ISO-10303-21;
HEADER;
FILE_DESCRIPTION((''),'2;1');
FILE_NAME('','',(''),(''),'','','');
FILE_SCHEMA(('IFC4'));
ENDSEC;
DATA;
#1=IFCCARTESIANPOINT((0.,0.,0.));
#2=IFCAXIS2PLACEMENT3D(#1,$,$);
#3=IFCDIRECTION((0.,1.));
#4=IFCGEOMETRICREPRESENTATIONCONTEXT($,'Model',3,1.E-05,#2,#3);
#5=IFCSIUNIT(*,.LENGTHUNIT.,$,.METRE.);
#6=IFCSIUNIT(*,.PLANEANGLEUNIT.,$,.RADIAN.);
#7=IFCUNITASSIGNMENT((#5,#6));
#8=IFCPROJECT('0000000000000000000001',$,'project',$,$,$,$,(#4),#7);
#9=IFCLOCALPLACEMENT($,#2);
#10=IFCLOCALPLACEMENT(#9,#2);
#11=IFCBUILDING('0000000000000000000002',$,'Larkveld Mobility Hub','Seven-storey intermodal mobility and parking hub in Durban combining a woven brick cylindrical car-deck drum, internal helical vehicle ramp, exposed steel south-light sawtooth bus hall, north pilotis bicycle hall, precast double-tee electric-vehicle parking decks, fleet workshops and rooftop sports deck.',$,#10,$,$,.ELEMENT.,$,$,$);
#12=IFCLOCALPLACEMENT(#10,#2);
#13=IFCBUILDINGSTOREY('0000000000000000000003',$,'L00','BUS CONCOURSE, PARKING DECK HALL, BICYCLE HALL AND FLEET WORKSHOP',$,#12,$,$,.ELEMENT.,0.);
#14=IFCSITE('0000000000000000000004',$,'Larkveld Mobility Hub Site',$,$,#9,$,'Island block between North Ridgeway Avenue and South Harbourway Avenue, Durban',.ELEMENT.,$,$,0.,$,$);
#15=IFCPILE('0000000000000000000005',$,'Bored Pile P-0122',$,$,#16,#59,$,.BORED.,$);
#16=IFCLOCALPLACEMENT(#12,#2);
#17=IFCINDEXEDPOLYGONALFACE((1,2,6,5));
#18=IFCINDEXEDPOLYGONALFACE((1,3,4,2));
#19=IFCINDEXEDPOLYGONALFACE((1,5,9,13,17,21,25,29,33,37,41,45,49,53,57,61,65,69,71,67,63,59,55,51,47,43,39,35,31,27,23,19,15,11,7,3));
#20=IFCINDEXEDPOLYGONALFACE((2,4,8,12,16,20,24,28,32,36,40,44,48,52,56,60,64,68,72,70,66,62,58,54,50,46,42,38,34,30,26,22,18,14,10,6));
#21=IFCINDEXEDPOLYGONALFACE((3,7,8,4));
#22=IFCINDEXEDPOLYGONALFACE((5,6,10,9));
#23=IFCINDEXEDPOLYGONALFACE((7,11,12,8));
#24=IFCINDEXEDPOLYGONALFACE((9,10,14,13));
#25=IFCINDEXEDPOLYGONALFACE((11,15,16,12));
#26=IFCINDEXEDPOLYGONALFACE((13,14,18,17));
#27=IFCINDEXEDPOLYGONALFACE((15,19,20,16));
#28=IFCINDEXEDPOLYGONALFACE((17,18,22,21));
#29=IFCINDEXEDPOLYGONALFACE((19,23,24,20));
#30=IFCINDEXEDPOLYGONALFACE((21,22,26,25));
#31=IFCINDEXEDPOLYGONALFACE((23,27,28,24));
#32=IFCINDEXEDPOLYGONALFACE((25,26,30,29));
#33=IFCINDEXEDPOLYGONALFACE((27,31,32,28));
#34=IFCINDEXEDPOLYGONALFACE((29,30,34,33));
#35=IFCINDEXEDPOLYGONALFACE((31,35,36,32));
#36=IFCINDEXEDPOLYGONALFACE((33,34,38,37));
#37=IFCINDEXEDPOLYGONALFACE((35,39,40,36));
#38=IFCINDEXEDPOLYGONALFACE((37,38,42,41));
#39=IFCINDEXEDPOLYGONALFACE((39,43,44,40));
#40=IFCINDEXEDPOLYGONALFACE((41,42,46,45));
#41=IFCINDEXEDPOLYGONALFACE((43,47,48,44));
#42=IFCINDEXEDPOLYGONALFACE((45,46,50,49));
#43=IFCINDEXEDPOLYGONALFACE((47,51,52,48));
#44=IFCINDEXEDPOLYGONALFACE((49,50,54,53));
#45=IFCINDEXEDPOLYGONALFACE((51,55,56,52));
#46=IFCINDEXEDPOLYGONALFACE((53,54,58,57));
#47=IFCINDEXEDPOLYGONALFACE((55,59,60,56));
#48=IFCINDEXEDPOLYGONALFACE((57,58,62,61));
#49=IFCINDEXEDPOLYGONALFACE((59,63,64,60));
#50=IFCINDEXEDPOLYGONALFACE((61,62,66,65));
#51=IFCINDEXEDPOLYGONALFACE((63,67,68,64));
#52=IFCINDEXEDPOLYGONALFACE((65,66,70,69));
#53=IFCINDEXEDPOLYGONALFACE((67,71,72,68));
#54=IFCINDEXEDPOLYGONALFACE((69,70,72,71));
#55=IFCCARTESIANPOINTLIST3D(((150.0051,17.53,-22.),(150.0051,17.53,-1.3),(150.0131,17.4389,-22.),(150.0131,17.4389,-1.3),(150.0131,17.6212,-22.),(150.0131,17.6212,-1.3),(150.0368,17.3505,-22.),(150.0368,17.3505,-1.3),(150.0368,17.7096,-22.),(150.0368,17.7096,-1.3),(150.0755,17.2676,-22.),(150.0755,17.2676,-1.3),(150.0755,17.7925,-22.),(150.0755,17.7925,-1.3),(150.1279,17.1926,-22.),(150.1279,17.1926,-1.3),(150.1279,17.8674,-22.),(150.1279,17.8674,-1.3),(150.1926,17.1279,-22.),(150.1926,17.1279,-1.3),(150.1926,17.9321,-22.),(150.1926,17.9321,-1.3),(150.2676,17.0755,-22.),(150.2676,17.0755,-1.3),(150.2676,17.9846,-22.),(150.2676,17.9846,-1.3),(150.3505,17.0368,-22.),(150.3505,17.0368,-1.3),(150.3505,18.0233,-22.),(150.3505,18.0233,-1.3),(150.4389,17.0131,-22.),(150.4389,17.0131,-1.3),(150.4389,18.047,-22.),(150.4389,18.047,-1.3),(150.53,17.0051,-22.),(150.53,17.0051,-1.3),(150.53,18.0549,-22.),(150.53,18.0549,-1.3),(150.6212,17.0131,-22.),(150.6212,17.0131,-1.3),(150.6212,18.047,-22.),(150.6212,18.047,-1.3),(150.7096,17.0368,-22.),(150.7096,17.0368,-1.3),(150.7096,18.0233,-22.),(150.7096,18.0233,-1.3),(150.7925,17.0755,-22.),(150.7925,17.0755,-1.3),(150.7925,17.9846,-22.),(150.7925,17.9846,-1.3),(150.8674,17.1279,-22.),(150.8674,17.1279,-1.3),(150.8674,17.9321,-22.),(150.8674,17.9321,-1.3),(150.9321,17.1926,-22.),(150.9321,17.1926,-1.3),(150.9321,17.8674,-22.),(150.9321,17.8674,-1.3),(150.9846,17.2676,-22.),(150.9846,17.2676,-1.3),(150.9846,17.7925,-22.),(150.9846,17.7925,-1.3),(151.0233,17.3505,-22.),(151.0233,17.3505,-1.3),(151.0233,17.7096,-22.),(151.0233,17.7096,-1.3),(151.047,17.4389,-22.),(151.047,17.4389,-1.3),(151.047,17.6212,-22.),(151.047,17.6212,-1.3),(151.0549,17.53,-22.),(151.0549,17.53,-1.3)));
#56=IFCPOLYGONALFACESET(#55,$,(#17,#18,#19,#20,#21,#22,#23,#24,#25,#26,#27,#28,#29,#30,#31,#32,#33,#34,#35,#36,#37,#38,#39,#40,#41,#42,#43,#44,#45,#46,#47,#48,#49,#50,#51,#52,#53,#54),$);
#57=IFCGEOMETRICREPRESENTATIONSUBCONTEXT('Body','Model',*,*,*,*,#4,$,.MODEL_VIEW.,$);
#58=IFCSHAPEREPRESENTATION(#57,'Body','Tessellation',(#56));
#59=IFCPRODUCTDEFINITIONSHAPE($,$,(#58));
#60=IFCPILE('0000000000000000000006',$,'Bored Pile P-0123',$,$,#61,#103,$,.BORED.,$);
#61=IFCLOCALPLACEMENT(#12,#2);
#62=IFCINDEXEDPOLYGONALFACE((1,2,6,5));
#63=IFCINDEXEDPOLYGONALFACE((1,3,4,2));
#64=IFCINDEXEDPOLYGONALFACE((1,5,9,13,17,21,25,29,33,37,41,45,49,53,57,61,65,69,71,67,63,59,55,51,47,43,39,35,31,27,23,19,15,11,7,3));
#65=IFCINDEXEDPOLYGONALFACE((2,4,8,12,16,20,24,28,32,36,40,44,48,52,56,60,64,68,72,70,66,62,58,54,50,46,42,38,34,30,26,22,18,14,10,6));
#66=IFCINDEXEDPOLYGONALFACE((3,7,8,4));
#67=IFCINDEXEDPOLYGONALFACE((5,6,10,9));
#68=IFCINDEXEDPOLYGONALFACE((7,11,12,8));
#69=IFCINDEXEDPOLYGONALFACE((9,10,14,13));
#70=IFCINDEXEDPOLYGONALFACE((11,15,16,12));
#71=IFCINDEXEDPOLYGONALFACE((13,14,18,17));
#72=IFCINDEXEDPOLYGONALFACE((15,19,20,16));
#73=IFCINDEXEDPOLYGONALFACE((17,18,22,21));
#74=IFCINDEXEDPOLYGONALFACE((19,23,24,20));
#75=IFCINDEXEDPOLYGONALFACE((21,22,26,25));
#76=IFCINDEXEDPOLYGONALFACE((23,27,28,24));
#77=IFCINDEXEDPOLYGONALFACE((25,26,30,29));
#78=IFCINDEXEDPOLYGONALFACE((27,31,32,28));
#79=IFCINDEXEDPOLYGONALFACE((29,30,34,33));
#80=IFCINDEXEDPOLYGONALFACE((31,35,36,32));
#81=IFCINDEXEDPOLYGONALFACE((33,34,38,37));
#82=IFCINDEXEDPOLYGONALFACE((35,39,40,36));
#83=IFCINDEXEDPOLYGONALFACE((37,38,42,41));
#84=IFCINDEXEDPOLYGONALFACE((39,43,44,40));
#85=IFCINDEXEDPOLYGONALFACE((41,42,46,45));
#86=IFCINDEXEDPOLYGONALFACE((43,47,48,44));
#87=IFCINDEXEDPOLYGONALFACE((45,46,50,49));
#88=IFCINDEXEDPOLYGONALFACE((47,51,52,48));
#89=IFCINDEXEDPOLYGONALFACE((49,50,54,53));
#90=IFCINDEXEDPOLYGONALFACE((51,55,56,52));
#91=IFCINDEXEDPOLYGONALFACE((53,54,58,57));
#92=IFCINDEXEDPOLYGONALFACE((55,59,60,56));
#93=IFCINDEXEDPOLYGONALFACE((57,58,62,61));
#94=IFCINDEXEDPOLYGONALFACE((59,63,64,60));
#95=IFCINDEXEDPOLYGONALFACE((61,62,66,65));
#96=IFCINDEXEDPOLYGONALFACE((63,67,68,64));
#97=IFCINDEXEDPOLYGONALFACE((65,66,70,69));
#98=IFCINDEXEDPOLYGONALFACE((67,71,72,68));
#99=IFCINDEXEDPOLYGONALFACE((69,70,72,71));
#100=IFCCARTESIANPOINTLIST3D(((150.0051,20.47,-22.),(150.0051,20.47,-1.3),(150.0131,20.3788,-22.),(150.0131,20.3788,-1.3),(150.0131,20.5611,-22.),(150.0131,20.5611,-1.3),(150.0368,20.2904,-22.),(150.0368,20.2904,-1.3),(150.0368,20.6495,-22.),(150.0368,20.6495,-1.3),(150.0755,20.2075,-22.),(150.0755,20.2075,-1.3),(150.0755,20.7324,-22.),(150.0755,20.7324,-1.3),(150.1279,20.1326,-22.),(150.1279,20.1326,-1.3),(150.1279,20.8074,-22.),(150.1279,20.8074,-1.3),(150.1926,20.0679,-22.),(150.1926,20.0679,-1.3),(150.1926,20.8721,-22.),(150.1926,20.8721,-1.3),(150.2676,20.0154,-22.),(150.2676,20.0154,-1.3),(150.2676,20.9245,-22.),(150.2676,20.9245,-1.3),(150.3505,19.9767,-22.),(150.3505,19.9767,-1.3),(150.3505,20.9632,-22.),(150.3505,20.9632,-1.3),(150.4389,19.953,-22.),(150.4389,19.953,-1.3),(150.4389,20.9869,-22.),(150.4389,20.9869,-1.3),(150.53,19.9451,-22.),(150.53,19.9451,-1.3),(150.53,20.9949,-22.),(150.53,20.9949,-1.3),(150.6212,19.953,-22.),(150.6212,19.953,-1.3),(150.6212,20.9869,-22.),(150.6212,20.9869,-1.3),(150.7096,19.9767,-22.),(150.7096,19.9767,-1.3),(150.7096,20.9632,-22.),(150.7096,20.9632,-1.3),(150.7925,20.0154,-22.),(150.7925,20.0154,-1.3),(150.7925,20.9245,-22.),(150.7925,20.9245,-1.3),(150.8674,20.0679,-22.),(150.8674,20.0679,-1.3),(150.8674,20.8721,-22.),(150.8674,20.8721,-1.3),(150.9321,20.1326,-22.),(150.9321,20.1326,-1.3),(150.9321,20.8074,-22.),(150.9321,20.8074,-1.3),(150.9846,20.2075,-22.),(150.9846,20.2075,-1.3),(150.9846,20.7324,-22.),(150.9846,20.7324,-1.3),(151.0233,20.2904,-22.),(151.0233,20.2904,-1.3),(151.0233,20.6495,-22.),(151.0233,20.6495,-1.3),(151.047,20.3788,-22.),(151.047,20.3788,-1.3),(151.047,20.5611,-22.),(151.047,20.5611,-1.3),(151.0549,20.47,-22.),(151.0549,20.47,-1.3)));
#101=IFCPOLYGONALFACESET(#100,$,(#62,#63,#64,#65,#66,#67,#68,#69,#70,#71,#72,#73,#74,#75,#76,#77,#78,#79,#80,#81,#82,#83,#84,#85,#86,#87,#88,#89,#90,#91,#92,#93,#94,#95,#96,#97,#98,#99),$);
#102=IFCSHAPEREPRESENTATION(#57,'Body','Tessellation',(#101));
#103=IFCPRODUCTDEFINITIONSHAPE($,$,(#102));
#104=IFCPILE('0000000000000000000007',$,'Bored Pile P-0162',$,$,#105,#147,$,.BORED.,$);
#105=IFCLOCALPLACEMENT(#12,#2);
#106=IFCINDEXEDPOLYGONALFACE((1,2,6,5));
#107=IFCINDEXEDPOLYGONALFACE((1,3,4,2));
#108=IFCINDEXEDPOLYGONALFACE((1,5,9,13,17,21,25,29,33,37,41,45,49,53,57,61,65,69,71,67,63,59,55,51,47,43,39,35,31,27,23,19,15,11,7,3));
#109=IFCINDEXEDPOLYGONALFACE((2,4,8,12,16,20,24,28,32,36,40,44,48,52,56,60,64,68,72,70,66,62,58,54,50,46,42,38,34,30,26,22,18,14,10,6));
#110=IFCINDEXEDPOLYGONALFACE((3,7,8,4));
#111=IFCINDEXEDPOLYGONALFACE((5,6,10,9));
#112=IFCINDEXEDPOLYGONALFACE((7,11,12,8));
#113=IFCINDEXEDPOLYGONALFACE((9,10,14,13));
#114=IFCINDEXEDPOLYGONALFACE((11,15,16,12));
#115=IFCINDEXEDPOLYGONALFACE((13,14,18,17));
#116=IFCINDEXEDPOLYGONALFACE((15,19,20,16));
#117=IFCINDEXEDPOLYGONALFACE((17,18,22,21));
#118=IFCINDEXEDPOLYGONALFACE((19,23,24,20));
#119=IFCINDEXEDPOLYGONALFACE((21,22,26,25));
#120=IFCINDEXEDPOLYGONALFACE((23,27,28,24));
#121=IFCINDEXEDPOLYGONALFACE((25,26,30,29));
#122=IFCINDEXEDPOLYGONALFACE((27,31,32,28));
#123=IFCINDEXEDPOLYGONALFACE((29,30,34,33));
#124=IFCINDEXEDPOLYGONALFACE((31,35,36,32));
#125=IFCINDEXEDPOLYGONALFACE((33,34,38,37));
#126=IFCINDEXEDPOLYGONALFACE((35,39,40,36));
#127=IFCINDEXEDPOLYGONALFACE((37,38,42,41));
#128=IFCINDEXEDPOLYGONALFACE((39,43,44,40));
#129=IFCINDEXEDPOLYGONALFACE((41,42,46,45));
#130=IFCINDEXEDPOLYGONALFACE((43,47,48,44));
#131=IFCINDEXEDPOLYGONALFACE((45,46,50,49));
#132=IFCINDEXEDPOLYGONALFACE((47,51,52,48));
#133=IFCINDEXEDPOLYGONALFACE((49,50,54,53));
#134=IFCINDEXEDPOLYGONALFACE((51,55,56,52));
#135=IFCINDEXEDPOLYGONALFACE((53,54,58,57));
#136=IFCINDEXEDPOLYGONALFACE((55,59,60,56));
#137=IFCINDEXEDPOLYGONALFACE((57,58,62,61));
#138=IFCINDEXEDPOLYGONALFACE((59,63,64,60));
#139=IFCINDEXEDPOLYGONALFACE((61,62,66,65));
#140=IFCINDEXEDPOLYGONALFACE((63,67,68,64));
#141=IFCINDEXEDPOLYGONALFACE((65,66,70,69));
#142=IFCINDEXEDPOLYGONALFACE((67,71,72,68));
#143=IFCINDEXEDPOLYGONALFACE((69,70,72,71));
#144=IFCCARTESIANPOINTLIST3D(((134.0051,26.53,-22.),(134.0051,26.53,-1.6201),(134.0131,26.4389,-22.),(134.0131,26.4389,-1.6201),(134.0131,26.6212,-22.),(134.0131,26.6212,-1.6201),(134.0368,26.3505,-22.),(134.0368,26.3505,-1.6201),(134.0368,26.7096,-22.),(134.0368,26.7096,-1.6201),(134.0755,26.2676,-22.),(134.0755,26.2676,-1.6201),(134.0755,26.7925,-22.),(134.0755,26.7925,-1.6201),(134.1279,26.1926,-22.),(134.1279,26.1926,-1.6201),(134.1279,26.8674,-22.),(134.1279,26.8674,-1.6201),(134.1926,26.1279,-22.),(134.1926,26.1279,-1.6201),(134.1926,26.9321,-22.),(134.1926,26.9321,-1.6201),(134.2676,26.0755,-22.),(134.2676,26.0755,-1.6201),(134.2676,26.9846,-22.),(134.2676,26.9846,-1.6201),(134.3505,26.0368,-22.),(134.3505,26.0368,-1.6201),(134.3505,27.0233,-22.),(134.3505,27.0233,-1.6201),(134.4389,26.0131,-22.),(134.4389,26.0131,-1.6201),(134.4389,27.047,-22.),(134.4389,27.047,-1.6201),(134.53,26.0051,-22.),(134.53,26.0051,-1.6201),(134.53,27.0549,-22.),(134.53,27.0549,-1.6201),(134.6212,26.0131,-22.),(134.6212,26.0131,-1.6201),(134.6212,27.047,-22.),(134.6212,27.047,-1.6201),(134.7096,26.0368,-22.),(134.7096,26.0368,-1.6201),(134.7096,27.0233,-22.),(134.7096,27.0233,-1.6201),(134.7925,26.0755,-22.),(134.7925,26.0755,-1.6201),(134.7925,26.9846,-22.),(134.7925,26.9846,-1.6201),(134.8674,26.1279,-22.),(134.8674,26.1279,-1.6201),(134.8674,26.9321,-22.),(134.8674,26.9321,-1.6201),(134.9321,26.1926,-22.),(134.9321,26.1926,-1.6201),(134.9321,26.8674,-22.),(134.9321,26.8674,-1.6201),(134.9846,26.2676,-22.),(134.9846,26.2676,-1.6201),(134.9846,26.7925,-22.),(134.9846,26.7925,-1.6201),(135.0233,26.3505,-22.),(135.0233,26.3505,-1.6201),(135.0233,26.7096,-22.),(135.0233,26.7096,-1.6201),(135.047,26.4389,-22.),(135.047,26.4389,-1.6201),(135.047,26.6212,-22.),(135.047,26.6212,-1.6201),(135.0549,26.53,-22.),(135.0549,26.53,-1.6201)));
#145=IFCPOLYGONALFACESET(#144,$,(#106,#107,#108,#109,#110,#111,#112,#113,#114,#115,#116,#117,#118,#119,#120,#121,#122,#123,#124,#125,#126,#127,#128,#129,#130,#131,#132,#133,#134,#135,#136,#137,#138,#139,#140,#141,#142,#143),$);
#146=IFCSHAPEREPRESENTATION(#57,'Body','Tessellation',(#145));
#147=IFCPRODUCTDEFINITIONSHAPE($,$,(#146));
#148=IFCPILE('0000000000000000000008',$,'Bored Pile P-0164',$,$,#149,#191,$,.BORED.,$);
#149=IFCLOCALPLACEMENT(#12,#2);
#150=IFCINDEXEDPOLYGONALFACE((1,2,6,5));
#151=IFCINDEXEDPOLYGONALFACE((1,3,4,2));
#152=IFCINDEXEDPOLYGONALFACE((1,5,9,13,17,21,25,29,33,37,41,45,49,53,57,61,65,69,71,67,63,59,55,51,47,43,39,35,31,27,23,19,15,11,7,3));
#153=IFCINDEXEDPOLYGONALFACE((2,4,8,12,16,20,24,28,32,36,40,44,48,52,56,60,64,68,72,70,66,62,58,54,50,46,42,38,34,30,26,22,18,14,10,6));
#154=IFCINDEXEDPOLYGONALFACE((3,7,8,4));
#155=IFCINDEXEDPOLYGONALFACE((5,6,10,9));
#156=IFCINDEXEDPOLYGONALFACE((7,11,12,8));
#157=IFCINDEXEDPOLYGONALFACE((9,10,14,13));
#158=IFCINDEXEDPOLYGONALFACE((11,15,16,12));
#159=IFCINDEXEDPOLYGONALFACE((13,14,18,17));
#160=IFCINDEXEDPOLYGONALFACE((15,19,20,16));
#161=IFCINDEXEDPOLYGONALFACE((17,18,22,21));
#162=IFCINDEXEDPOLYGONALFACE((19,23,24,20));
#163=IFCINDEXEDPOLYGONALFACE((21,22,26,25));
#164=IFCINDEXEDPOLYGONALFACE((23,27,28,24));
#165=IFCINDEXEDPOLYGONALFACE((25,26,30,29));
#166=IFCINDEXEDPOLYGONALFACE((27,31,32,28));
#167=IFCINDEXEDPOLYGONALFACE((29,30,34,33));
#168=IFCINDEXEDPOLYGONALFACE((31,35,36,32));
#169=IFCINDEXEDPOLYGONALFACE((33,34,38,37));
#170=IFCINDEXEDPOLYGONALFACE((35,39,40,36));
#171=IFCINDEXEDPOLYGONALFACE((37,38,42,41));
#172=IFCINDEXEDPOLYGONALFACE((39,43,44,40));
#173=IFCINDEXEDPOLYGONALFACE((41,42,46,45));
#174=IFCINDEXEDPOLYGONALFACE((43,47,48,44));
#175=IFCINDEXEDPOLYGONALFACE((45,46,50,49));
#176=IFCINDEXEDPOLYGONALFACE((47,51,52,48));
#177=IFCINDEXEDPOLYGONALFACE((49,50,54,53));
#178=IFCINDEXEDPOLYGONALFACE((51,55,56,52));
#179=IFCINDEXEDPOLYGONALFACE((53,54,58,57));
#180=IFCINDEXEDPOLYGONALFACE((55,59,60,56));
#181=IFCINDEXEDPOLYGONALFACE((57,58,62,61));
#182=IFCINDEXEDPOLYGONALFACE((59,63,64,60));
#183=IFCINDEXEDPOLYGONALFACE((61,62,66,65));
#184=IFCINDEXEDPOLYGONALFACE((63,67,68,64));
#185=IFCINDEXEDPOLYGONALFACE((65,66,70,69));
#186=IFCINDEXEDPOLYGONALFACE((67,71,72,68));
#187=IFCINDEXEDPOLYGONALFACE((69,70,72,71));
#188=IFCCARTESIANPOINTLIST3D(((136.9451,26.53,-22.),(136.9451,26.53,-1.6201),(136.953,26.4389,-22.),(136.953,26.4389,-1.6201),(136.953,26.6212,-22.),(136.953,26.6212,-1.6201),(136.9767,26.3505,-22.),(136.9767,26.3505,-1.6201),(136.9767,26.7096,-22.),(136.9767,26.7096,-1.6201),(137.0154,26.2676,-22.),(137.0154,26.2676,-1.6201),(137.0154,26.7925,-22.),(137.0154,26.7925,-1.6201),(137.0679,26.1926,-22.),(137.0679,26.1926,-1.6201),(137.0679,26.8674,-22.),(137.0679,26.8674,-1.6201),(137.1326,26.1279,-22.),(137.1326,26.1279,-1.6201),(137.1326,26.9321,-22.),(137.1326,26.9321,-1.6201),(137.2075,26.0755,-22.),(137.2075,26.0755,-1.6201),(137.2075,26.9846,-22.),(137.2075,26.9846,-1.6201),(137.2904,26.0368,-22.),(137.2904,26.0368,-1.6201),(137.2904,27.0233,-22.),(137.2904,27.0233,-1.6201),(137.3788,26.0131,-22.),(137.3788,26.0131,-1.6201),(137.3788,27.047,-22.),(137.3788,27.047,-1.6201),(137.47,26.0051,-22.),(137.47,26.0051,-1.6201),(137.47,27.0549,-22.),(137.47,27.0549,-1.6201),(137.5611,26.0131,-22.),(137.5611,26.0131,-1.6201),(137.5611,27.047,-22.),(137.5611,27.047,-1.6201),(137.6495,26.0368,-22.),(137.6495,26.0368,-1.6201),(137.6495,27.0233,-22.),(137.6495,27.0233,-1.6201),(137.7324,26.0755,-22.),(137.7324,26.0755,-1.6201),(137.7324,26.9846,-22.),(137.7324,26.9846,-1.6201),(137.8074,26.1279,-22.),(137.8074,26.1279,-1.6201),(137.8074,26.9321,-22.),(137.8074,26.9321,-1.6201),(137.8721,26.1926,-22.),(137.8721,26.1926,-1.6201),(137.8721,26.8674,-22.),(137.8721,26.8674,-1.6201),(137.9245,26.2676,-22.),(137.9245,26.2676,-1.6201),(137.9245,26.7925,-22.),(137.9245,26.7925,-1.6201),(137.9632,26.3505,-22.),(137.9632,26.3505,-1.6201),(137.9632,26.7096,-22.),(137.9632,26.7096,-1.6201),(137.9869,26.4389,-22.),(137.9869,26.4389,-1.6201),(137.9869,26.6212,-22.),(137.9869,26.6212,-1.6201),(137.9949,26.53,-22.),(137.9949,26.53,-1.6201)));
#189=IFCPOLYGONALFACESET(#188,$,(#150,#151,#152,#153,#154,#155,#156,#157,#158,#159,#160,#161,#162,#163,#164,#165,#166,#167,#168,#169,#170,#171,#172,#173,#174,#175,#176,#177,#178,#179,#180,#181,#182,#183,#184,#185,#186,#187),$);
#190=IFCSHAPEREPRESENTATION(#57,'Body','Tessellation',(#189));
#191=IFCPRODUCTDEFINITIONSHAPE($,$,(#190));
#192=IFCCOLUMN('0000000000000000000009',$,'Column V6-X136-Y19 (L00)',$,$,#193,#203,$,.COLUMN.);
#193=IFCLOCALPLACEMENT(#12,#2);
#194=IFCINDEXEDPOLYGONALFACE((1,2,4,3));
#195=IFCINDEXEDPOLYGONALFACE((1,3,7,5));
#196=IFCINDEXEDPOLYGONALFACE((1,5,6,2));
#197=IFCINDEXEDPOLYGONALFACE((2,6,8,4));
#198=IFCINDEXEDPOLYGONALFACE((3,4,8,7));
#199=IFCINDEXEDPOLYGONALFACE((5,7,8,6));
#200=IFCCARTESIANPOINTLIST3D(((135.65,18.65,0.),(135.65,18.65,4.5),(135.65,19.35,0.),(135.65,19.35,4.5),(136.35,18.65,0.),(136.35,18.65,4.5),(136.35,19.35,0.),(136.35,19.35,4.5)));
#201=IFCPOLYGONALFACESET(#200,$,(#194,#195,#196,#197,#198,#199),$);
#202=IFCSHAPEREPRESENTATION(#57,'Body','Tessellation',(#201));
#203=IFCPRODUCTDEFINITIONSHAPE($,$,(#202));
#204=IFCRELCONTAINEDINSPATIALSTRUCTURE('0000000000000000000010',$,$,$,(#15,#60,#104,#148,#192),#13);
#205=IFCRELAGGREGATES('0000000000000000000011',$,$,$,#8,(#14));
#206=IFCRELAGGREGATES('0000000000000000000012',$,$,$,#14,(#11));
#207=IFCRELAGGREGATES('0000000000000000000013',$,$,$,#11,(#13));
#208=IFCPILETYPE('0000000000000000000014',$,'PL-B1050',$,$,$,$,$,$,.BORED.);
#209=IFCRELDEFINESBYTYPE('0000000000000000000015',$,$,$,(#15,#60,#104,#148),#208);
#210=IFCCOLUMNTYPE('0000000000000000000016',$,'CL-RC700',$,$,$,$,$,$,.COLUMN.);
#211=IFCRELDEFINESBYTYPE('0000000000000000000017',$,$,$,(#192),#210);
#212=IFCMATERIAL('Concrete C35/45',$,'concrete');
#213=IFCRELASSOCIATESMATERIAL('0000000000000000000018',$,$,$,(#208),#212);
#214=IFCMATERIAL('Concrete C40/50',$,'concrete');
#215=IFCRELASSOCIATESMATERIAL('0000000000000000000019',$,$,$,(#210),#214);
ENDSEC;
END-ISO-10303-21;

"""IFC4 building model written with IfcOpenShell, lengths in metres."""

from ifc_helpers import new_model, si_unit, direction, frame, origin, origin_2d, place, context, subcontext, project, spatial, rectangle, circle, extrude, material, material_profile, profile_set, type_object, element, save


model = new_model("IFC4")

# Units and contexts
model_context = context("Model", 3, precision=1e-05, world=origin(), true_north=direction((0.0, 1.0)))
body_context = subcontext(model_context, "Body", "Model", "MODEL_VIEW")
ifc_project = project(units=[si_unit("LENGTHUNIT", "METRE"), si_unit("PLANEANGLEUNIT", "RADIAN")], contexts=[model_context])

# Site, building, storey
site_placement = place(None, origin())
site = spatial("IfcSite", under=ifc_project, at=site_placement, Name="Larkveld Mobility Hub Site", LongName="Island block between North Ridgeway Avenue and South Harbourway Avenue, Durban", CompositionType="ELEMENT", RefElevation=0.0)
building_placement = place(site_placement, origin())
building = spatial("IfcBuilding", under=site, at=building_placement, Name="Larkveld Mobility Hub", Description="Seven-storey intermodal mobility and parking hub in Durban combining a woven brick cylindrical car-deck drum, internal helical vehicle ramp, exposed steel south-light sawtooth bus hall, north pilotis bicycle hall, precast double-tee electric-vehicle parking decks, fleet workshops and rooftop sports deck.", CompositionType="ELEMENT")
storey_placement = place(building_placement, origin())
storey = spatial("IfcBuildingStorey", under=building, at=storey_placement, Name="L00", Description="BUS CONCOURSE, PARKING DECK HALL, BICYCLE HALL AND FLEET WORKSHOP", CompositionType="ELEMENT", Elevation=0.0)

# Shared definitions
ifc_material_1 = material(Name="Concrete C35/45", Category="concrete")

# Piles
ifc_material_profile_1 = material_profile(ifc_material_1, circle(Radius=0.5249, at=origin_2d()), Name="PILE D1050")
ifc_profile_set_1 = profile_set([ifc_material_profile_1], Name="Concrete C35/45")
pile_type = type_object("IfcPileType", Name="PL-B1050", PredefinedType="BORED", material=ifc_profile_set_1)
for number, where, z_axis, x_axis, name in (
    (1, (150.53, 17.53, -1.3), (0.0, 0.0, -1.0), (1.0, 0.0, 0.0), "Bored Pile P-0122"),
    (2, (150.53, 20.47, -1.3), (0.0, 0.0, -1.0), (1.0, 0.0, 0.0), "Bored Pile P-0123"),
):
    element("IfcPile", number, at=place(storey_placement, frame(where, z_axis=z_axis, x_axis=x_axis)), inside=storey, type_object=pile_type, Name=name, PredefinedType="BORED", context=body_context, shape_type="SweptSolid", body=[
        extrude(circle(Radius=0.5249, at=origin_2d()), origin(), (0.0, 0.0, 1.0), 20.7),
    ])
for number, where, z_axis, x_axis, name in (
    (3, (134.53, 26.53, -1.6201), (0.0, 0.0, -1.0), (1.0, 0.0, 0.0), "Bored Pile P-0162"),
    (4, (137.47, 26.53, -1.6201), (0.0, 0.0, -1.0), (1.0, 0.0, 0.0), "Bored Pile P-0164"),
):
    element("IfcPile", number, at=place(storey_placement, frame(where, z_axis=z_axis, x_axis=x_axis)), inside=storey, type_object=pile_type, Name=name, PredefinedType="BORED", context=body_context, shape_type="SweptSolid", body=[
        extrude(circle(Radius=0.5249, at=origin_2d()), origin(), (0.0, 0.0, 1.0), 20.3799),
    ])

# Column
ifc_material_2 = material(Name="Concrete C40/50", Category="concrete")
ifc_material_profile_2 = material_profile(ifc_material_2, rectangle(XDim=0.7, YDim=0.7, at=origin_2d()), Name="RC COL 700x700")
ifc_profile_set_2 = profile_set([ifc_material_profile_2], Name="Concrete C40/50")
column_type = type_object("IfcColumnType", Name="CL-RC700", PredefinedType="COLUMN", material=ifc_profile_set_2)
for number, where, z_axis, x_axis, name in (
    (5, (136.0, 19.0, 0.0), (0.0, 0.0, 1.0), (1.0, 0.0, 0.0), "Column V6-X136-Y19 (L00)"),
):
    element("IfcColumn", number, at=place(storey_placement, frame(where, z_axis=z_axis, x_axis=x_axis)), inside=storey, type_object=column_type, Name=name, PredefinedType="COLUMN", context=body_context, shape_type="SweptSolid", body=[
        extrude(rectangle(XDim=0.7, YDim=0.7, at=origin_2d()), origin(), (0.0, 0.0, 1.0), 4.5),
    ])

save(model, "model.ifc")
